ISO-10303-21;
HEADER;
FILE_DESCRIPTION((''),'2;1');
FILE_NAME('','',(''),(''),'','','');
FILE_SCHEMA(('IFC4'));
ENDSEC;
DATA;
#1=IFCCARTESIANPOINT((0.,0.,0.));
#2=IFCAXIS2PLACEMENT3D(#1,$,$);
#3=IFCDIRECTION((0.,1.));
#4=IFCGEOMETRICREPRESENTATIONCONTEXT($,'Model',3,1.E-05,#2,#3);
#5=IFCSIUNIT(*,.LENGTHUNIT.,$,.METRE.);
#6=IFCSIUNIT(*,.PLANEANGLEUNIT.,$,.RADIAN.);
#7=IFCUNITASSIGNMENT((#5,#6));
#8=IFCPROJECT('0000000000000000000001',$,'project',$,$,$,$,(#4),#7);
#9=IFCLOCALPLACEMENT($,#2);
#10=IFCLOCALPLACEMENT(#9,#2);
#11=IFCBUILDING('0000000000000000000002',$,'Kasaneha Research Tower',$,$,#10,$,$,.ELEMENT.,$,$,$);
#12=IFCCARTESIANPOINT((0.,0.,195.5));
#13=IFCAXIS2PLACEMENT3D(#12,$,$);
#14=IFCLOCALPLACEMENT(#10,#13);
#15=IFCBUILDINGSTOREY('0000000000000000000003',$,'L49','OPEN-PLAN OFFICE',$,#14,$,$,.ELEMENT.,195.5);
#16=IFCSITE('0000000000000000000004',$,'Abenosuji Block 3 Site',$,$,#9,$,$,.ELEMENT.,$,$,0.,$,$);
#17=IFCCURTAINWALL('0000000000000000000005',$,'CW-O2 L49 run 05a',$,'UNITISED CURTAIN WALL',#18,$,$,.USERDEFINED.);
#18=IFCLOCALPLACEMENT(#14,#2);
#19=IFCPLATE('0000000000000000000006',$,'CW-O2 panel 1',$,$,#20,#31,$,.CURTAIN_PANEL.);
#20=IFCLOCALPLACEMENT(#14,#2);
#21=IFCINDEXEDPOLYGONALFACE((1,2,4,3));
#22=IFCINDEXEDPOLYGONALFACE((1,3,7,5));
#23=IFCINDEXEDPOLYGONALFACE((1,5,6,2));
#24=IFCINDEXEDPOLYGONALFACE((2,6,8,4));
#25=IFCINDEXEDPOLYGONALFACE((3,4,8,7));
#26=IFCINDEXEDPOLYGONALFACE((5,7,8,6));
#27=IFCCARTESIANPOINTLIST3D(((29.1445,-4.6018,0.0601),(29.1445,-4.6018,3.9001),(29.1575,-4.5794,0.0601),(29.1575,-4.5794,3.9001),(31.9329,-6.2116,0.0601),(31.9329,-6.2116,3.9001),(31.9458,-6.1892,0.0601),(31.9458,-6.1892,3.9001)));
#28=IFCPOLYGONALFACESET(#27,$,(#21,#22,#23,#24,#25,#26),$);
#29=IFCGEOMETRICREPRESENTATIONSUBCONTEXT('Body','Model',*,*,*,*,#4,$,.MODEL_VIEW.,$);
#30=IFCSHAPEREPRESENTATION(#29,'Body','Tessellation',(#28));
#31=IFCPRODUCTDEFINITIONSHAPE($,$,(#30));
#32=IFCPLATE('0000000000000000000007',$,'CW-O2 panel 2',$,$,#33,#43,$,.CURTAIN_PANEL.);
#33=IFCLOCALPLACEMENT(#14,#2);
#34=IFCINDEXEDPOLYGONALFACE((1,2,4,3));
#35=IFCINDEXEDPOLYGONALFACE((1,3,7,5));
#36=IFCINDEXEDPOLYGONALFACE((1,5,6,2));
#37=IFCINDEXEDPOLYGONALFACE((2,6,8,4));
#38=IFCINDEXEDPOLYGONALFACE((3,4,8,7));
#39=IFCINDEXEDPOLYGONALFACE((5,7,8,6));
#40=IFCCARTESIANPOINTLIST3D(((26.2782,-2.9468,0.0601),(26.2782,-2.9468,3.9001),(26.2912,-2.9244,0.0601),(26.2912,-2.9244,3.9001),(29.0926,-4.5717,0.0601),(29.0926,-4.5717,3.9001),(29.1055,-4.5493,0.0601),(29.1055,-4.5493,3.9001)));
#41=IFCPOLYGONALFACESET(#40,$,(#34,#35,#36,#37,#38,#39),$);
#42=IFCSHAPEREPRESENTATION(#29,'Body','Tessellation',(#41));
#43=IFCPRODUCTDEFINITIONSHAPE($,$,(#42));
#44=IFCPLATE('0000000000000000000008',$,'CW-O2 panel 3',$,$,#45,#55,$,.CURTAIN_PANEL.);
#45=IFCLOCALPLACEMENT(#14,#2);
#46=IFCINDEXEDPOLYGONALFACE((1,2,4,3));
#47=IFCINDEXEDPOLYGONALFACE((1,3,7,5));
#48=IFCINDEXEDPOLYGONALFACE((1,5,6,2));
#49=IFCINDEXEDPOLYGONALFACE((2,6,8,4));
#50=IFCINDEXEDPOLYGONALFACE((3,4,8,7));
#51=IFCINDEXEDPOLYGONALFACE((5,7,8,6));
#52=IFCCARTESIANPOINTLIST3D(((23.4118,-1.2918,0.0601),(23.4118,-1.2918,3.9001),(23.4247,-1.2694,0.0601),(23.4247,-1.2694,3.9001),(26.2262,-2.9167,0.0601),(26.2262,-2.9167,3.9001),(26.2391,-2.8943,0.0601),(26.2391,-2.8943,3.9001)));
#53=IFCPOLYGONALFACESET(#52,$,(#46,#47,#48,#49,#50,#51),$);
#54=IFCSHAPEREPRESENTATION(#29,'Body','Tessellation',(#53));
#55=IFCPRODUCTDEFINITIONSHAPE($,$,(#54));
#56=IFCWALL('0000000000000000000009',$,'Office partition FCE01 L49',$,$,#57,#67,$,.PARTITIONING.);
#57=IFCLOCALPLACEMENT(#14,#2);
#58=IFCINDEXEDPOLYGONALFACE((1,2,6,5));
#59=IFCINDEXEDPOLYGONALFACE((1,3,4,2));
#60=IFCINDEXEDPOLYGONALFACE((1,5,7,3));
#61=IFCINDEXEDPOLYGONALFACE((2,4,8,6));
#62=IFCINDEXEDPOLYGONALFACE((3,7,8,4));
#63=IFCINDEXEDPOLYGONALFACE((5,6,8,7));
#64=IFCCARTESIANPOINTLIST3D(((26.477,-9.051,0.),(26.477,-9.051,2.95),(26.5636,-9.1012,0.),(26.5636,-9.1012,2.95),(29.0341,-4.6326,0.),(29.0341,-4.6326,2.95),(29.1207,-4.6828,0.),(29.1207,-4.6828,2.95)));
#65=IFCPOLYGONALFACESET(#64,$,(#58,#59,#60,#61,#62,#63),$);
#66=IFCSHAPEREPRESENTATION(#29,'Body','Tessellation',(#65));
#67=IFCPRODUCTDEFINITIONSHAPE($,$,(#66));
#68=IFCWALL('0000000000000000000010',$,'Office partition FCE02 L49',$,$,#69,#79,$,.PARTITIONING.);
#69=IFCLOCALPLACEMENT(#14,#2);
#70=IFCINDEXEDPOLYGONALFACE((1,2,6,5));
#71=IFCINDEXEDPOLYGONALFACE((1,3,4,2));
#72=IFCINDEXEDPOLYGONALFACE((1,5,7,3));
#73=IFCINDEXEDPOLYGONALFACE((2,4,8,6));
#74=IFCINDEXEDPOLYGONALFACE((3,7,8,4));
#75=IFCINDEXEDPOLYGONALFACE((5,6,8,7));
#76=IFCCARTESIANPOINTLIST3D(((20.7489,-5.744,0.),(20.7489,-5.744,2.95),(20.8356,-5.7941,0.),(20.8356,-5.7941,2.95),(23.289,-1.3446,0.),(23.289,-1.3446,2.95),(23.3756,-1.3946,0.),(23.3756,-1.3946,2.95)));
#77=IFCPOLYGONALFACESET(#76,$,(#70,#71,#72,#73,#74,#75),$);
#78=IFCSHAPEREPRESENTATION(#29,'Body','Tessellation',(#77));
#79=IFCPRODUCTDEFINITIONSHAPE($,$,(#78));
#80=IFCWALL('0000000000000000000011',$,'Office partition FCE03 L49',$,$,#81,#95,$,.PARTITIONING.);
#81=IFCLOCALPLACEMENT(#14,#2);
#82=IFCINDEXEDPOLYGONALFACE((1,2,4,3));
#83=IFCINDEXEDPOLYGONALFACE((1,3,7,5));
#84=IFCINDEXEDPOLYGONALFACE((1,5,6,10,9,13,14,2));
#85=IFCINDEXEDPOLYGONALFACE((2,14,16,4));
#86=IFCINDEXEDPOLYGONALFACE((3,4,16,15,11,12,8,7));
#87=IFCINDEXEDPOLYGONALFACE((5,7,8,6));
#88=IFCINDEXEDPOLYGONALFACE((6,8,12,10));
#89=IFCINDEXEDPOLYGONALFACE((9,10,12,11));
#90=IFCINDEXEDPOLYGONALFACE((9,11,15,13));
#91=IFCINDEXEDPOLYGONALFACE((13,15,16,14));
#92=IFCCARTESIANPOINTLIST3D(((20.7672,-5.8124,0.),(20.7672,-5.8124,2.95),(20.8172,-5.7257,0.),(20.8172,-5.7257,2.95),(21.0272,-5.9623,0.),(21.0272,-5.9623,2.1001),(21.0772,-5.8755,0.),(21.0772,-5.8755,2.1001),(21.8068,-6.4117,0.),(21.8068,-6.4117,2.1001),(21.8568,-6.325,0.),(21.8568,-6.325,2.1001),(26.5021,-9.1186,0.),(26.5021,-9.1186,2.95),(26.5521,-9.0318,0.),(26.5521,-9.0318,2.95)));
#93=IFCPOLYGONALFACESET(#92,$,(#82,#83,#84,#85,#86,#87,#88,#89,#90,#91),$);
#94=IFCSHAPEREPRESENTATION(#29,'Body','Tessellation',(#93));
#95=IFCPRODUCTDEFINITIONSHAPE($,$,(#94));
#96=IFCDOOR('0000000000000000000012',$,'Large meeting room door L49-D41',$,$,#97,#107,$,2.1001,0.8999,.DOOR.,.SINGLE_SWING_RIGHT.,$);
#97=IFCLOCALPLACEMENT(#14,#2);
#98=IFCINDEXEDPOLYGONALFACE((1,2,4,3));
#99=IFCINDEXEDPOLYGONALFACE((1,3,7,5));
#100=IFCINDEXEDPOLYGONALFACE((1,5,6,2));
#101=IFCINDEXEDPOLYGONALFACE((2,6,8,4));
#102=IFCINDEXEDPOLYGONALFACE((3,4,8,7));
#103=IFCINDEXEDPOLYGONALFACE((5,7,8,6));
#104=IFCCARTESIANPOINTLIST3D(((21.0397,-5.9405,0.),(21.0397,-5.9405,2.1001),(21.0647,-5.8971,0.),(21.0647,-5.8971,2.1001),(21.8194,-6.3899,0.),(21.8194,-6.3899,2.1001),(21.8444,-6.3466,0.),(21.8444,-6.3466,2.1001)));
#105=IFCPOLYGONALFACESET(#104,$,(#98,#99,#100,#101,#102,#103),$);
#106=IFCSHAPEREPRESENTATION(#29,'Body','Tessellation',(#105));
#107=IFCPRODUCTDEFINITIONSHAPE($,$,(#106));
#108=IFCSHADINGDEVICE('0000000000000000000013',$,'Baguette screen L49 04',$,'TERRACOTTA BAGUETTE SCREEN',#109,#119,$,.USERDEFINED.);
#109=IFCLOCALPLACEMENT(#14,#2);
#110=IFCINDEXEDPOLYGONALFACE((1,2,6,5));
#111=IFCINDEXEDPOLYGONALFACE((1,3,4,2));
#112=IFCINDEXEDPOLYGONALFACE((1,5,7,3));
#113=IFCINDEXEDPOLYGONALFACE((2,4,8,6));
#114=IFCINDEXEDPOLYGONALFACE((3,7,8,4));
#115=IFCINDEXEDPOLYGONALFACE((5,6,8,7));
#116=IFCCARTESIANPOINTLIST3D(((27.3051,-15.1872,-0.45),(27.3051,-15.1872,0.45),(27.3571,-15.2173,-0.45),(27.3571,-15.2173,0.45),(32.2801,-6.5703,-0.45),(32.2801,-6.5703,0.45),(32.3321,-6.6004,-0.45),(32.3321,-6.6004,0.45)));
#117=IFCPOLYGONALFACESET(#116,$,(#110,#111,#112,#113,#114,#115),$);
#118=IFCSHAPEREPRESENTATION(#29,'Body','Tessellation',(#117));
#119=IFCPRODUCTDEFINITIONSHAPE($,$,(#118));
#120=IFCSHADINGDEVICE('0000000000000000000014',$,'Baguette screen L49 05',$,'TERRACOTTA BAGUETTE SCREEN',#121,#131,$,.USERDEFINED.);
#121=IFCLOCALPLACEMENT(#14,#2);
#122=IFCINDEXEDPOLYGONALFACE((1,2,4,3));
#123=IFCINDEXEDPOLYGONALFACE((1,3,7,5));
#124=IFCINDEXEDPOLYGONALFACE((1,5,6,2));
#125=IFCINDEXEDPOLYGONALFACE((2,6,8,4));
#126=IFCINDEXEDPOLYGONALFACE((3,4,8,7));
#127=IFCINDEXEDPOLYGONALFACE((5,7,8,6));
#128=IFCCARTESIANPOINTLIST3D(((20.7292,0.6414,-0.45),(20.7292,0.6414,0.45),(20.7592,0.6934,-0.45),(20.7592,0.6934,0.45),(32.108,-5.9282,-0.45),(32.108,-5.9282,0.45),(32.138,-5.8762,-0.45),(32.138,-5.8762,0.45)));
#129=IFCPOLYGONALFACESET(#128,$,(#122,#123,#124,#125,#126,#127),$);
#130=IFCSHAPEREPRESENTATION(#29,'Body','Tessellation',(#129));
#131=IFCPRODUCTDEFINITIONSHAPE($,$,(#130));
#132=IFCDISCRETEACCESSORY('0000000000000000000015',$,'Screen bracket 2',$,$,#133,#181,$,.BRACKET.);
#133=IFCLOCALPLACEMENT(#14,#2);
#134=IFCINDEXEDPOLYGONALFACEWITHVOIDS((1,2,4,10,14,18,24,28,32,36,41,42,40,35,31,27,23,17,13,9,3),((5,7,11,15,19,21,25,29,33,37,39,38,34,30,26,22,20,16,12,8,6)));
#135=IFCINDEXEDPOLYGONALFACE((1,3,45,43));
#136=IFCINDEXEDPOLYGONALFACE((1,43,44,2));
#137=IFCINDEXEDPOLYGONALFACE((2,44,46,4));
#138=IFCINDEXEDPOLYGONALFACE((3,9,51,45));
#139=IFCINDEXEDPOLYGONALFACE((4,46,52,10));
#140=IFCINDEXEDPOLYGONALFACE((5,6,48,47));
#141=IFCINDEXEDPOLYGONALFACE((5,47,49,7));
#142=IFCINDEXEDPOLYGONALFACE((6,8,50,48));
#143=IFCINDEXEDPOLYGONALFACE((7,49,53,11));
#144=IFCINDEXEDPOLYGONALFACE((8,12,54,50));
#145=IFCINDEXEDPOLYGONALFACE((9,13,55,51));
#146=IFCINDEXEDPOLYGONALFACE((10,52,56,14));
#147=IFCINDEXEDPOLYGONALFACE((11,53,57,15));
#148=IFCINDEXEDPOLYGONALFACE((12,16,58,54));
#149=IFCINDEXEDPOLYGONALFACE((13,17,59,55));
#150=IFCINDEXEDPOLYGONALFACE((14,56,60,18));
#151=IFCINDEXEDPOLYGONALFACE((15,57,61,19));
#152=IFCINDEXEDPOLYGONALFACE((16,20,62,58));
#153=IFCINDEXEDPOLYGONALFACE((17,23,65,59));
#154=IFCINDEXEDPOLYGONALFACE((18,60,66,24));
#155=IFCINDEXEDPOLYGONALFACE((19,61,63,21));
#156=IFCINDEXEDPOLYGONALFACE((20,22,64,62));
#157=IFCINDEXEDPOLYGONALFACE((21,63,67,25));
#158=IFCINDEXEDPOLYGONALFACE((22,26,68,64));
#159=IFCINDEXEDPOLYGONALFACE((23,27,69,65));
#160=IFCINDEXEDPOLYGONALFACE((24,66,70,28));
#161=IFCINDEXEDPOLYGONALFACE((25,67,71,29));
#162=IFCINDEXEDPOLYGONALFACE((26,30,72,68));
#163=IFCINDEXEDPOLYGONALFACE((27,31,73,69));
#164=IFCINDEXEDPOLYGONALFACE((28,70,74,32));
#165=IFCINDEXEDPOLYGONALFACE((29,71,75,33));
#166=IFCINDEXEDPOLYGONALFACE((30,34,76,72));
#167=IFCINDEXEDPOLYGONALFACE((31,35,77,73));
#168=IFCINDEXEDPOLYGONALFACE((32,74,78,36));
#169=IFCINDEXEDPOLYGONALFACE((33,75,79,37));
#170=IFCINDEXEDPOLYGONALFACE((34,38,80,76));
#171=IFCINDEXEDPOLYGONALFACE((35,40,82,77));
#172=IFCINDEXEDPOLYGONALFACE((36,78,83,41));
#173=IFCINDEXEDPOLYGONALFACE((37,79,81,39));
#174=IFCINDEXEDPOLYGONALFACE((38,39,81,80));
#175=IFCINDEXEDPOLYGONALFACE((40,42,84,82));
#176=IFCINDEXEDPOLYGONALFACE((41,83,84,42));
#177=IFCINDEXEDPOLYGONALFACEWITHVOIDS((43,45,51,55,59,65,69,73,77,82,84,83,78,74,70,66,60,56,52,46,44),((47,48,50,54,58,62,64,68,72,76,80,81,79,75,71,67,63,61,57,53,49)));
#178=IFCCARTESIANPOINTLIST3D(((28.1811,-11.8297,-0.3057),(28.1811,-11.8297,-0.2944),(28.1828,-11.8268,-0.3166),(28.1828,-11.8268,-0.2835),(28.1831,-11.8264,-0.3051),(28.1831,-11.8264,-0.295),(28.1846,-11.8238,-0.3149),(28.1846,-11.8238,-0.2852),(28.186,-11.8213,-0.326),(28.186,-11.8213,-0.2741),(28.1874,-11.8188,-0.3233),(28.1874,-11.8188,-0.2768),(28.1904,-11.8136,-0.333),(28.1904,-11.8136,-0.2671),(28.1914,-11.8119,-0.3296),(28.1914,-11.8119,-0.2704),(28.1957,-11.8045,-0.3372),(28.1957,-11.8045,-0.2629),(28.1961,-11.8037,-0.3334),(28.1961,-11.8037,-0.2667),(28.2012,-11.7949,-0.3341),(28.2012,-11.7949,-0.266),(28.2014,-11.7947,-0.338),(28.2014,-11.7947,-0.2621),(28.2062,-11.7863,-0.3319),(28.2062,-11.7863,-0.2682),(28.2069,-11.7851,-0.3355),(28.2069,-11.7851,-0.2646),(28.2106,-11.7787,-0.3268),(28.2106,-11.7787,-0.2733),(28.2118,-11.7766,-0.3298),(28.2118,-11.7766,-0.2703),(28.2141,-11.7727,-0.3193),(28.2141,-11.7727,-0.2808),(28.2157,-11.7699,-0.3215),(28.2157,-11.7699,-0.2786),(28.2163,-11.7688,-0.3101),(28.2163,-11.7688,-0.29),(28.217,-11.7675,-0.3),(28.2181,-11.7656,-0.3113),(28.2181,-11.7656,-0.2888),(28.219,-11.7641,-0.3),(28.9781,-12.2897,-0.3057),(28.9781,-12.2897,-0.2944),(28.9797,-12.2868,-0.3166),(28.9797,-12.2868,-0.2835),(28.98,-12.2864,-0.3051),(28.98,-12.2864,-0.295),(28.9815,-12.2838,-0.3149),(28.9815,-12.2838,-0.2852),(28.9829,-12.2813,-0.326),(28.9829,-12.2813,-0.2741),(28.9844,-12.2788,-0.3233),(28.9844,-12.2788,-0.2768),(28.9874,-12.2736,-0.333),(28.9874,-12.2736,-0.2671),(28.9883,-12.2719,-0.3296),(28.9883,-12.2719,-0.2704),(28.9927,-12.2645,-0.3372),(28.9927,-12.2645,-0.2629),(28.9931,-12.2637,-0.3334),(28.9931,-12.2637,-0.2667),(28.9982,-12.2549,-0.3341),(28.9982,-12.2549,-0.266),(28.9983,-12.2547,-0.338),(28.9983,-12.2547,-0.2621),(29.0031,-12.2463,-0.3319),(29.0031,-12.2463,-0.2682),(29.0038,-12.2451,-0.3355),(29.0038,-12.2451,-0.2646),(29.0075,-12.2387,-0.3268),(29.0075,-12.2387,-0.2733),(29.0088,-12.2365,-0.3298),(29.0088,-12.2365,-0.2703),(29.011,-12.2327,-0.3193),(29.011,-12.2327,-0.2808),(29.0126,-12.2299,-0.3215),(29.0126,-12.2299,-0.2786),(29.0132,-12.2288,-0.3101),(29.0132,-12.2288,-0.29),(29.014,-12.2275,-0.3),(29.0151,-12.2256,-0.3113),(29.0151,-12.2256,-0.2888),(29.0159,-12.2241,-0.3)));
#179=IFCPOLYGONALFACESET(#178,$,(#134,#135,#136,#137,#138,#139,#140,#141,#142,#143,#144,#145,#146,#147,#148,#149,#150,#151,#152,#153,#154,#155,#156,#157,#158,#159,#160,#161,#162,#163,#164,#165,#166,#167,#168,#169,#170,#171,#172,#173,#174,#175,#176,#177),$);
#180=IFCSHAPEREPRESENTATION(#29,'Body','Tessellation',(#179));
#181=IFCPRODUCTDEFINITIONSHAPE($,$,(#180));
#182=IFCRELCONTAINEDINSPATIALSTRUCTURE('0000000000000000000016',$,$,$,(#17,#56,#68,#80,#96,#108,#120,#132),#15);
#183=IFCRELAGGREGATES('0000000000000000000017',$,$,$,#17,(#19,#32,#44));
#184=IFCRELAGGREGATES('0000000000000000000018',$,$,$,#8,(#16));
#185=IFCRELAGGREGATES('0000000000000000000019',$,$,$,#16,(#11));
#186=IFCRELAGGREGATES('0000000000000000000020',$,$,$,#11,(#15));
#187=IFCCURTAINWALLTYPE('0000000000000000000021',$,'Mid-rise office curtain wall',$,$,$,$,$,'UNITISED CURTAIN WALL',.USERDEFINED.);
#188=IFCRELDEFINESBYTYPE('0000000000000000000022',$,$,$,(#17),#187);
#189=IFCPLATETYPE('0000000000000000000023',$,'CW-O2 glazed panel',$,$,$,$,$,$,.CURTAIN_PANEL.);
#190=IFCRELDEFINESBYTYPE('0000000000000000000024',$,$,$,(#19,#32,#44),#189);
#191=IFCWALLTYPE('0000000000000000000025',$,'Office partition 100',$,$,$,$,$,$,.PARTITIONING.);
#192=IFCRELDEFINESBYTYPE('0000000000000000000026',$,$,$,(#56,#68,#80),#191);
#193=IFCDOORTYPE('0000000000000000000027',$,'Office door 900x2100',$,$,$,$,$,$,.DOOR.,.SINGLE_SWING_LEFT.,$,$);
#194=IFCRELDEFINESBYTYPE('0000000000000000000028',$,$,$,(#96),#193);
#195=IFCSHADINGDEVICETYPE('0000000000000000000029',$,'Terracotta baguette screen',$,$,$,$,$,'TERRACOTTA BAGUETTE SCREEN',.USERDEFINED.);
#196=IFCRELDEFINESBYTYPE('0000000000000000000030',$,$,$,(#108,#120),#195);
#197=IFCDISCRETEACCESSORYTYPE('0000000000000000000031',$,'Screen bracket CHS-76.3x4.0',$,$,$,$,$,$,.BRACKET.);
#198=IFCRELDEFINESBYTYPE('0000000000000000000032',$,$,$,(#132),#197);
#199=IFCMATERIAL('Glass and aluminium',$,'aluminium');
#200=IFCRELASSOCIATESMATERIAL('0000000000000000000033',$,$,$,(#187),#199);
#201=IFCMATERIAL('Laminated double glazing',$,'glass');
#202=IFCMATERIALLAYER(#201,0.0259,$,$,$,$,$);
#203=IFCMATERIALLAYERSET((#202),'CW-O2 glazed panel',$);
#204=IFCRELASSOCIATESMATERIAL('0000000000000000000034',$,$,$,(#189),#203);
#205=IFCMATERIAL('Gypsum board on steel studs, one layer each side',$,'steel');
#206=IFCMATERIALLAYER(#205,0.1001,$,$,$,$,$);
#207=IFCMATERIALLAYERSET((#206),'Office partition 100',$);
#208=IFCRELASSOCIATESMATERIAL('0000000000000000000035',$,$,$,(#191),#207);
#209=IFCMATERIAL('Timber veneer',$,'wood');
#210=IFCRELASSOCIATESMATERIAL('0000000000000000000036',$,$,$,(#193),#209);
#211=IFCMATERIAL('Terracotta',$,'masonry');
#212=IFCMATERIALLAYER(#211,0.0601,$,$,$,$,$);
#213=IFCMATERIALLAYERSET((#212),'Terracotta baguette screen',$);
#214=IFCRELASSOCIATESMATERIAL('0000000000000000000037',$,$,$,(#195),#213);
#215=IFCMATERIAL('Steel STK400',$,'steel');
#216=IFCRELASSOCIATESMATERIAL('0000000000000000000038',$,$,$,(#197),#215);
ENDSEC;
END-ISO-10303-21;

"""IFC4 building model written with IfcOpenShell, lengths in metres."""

from ifc_helpers import new_model, si_unit, direction, frame, frame_2d, origin, origin_2d, place, context, subcontext, project, spatial, rectangle, hollow_circle, extrude, material, layer, layer_set, material_profile, profile_set, type_object, element, fill, aggregate, save


model = new_model("IFC4")

# Units and contexts
model_context = context("Model", 3, precision=1e-05, world=origin(), true_north=direction((0.0, 1.0)))
body_context = subcontext(model_context, "Body", "Model", "MODEL_VIEW")
ifc_project = project(units=[si_unit("LENGTHUNIT", "METRE"), si_unit("PLANEANGLEUNIT", "RADIAN")], contexts=[model_context])

# Site, building, storey
site_placement = place(None, origin())
site = spatial("IfcSite", under=ifc_project, at=site_placement, Name="Abenosuji Block 3 Site", CompositionType="ELEMENT", RefElevation=0.0)
building_placement = place(site_placement, origin())
building = spatial("IfcBuilding", under=site, at=building_placement, Name="Kasaneha Research Tower", CompositionType="ELEMENT")
storey_placement = place(building_placement, frame((0.0, 0.0, 195.5)))
storey = spatial("IfcBuildingStorey", under=building, at=storey_placement, Name="L49", Description="OPEN-PLAN OFFICE", CompositionType="ELEMENT", Elevation=195.5)

# Curtain wall
ifc_material_1 = material(Name="Glass and aluminium", Category="aluminium")
curtain_wall_type = type_object("IfcCurtainWallType", Name="Mid-rise office curtain wall", ElementType="UNITISED CURTAIN WALL", PredefinedType="USERDEFINED", material=ifc_material_1)
curtain_wall_1_placement = place(storey_placement, origin())
curtain_wall_1 = element("IfcCurtainWall", 1, at=curtain_wall_1_placement, inside=storey, type_object=curtain_wall_type, Name="CW-O2 L49 run 05a", ObjectType="UNITISED CURTAIN WALL", PredefinedType="USERDEFINED")

# Plates
ifc_material_2 = material(Name="Laminated double glazing", Category="glass")
ifc_layer_1 = layer(ifc_material_2, 0.0259)
ifc_layer_set_1 = layer_set([ifc_layer_1], Name="CW-O2 glazed panel")
plate_type = type_object("IfcPlateType", Name="CW-O2 glazed panel", PredefinedType="CURTAIN_PANEL", material=ifc_layer_set_1)
plate_1_placement = place(storey_placement, frame((30.5452, -5.3955, 0.0601), z_axis=(0.0, 0.0, 1.0), x_axis=(-0.866025, 0.5, 0.0)))
plate_1 = element("IfcPlate", 2, at=plate_1_placement, type_object=plate_type, Name="CW-O2 panel 1", PredefinedType="CURTAIN_PANEL", context=body_context, shape_type="SweptSolid", body=[
    extrude(rectangle(XDim=3.2197, YDim=0.0259, at=origin_2d()), origin(), (0.0, 0.0, 1.0), 3.8401),
])
plate_2_placement = place(storey_placement, frame((27.6919, -3.748, 0.0601), z_axis=(0.0, 0.0, 1.0), x_axis=(-0.866025, 0.5, 0.0)))
plate_2 = element("IfcPlate", 3, at=plate_2_placement, type_object=plate_type, Name="CW-O2 panel 2", PredefinedType="CURTAIN_PANEL", context=body_context, shape_type="SweptSolid", body=[
    extrude(rectangle(XDim=3.2498, YDim=0.0259, at=origin_2d()), origin(), (0.0, 0.0, 1.0), 3.8401),
])
plate_3_placement = place(storey_placement, frame((24.8254, -2.093, 0.0601), z_axis=(0.0, 0.0, 1.0), x_axis=(-0.866025, 0.5, 0.0)))
plate_3 = element("IfcPlate", 4, at=plate_3_placement, type_object=plate_type, Name="CW-O2 panel 3", PredefinedType="CURTAIN_PANEL", context=body_context, shape_type="SweptSolid", body=[
    extrude(rectangle(XDim=3.2498, YDim=0.0259, at=origin_2d()), origin(), (0.0, 0.0, 1.0), 3.8401),
])
aggregate(curtain_wall_1, [plate_1, plate_2, plate_3])

# Walls
ifc_material_3 = material(Name="Gypsum board on steel studs, one layer each side", Category="steel")
ifc_layer_2 = layer(ifc_material_3, 0.1001)
ifc_layer_set_2 = layer_set([ifc_layer_2], Name="Office partition 100")
wall_type = type_object("IfcWallType", Name="Office partition 100", PredefinedType="PARTITIONING", material=ifc_layer_set_2)
wall_1_placement = place(storey_placement, frame((29.0774, -4.6577, 0.0), z_axis=(0.0, 0.0, 1.0), x_axis=(-0.500901, -0.865505, 0.0)))
element("IfcWall", 5, at=wall_1_placement, inside=storey, type_object=wall_type, Name="Office partition FCE01 L49", PredefinedType="PARTITIONING", context=body_context, shape_type="SweptSolid", body=[
    extrude(rectangle(XDim=5.105, YDim=0.1001, at=frame_2d((2.5525, 0.0))), origin(), (0.0, 0.0, 1.0), 2.95),
])
wall_2_placement = place(storey_placement, frame((20.7922, -5.769, 0.0), z_axis=(0.0, 0.0, 1.0), x_axis=(0.500005, 0.866022, 0.0)))
element("IfcWall", 6, at=wall_2_placement, inside=storey, type_object=wall_type, Name="Office partition FCE02 L49", PredefinedType="PARTITIONING", context=body_context, shape_type="SweptSolid", body=[
    extrude(rectangle(XDim=5.0801, YDim=0.1001, at=frame_2d((2.54, 0.0))), origin(), (0.0, 0.0, 1.0), 2.95),
])

# Wall, opening, door
wall_3_placement = place(storey_placement, frame((26.5271, -9.0752, 0.0), z_axis=(0.0, 0.0, 1.0), x_axis=(-0.866344, 0.499448, 0.0)))
wall_3 = element("IfcWall", 7, at=wall_3_placement, inside=storey, type_object=wall_type, Name="Office partition FCE03 L49", PredefinedType="PARTITIONING", context=body_context, shape_type="SweptSolid", body=[
    extrude(rectangle(XDim=6.6196, YDim=0.1001, at=frame_2d((3.3098, 0.0))), origin(), (0.0, 0.0, 1.0), 2.95),
])
opening_placement = place(wall_3_placement, frame((5.4197, 0.0, 0.0)))
opening = element("IfcOpeningElement", 8, at=opening_placement, cuts=wall_3, PredefinedType="OPENING", context=body_context, shape_type="SweptSolid", body=[
    extrude(rectangle(XDim=0.8999, YDim=2.1001, at=frame_2d((0.45, 1.05))), frame((0.0, 0.0601, 0.0), z_axis=(0.0, -1.0, 0.0), x_axis=(1.0, 0.0, 0.0)), (0.0, 0.0, 1.0), 0.1201),
])
ifc_material_4 = material(Name="Timber veneer", Category="wood")
door_type = type_object("IfcDoorType", Name="Office door 900x2100", OperationType="SINGLE_SWING_LEFT", PredefinedType="DOOR", material=ifc_material_4)
door_placement = place(opening_placement, origin())
door = element("IfcDoor", 9, at=door_placement, inside=storey, type_object=door_type, Name="Large meeting room door L49-D41", OperationType="SINGLE_SWING_RIGHT", OverallHeight=2.1001, OverallWidth=0.8999, PredefinedType="DOOR", context=body_context, shape_type="SweptSolid", body=[
    extrude(rectangle(XDim=0.8999, YDim=2.1001, at=frame_2d((0.45, 1.05))), frame((0.0, 0.0249, 0.0), z_axis=(0.0, -1.0, 0.0), x_axis=(1.0, 0.0, 0.0)), (0.0, 0.0, 1.0), 0.05),
])
fill(opening, door)

# Shading devices
ifc_material_5 = material(Name="Terracotta", Category="masonry")
ifc_layer_3 = layer(ifc_material_5, 0.0601)
ifc_layer_set_3 = layer_set([ifc_layer_3], Name="Terracotta baguette screen")
shading_device_type = type_object("IfcShadingDeviceType", Name="Terracotta baguette screen", ElementType="TERRACOTTA BAGUETTE SCREEN", PredefinedType="USERDEFINED", material=ifc_layer_set_3)
shading_device_1_placement = place(storey_placement, frame((29.8186, -10.8938, -0.45), z_axis=(0.0, 0.0, 1.0), x_axis=(0.5, 0.866025, 0.0)))
element("IfcShadingDevice", 10, at=shading_device_1_placement, inside=storey, type_object=shading_device_type, Name="Baguette screen L49 04", ObjectType="TERRACOTTA BAGUETTE SCREEN", PredefinedType="USERDEFINED", context=body_context, shape_type="SweptSolid", body=[
    extrude(rectangle(XDim=9.95, YDim=0.0601, at=origin_2d()), origin(), (0.0, 0.0, 1.0), 0.8999),
])
shading_device_2_placement = place(storey_placement, frame((26.4336, -2.6174, -0.45), z_axis=(0.0, 0.0, 1.0), x_axis=(-0.866025, 0.5, 0.0)))
element("IfcShadingDevice", 11, at=shading_device_2_placement, inside=storey, type_object=shading_device_type, Name="Baguette screen L49 05", ObjectType="TERRACOTTA BAGUETTE SCREEN", PredefinedType="USERDEFINED", context=body_context, shape_type="SweptSolid", body=[
    extrude(rectangle(XDim=13.1392, YDim=0.0601, at=origin_2d()), origin(), (0.0, 0.0, 1.0), 0.8999),
])

# Discrete accessory
ifc_material_6 = material(Name="Steel STK400", Category="steel")
ifc_material_profile_1 = material_profile(ifc_material_6, hollow_circle(Radius=0.0381, WallThickness=0.0039, at=origin_2d()), Name="CHS-76.3x4.0")
ifc_profile_set_1 = profile_set([ifc_material_profile_1], Name="Steel STK400")
discrete_accessory_type = type_object("IfcDiscreteAccessoryType", Name="Screen bracket CHS-76.3x4.0", PredefinedType="BRACKET", material=ifc_profile_set_1)
discrete_accessory_1_placement = place(storey_placement, frame((28.2, -11.7971, -0.3), z_axis=(0.86608, -0.499906, 0.0), x_axis=(0.499906, 0.86608, 0.0)))
element("IfcDiscreteAccessory", 12, at=discrete_accessory_1_placement, inside=storey, type_object=discrete_accessory_type, Name="Screen bracket 2", PredefinedType="BRACKET", context=body_context, shape_type="SweptSolid", body=[
    extrude(hollow_circle(Radius=0.0381, WallThickness=0.0039, at=origin_2d()), origin(), (0.0, 0.0, 1.0), 0.9202),
])

save(model, "model.ifc")
